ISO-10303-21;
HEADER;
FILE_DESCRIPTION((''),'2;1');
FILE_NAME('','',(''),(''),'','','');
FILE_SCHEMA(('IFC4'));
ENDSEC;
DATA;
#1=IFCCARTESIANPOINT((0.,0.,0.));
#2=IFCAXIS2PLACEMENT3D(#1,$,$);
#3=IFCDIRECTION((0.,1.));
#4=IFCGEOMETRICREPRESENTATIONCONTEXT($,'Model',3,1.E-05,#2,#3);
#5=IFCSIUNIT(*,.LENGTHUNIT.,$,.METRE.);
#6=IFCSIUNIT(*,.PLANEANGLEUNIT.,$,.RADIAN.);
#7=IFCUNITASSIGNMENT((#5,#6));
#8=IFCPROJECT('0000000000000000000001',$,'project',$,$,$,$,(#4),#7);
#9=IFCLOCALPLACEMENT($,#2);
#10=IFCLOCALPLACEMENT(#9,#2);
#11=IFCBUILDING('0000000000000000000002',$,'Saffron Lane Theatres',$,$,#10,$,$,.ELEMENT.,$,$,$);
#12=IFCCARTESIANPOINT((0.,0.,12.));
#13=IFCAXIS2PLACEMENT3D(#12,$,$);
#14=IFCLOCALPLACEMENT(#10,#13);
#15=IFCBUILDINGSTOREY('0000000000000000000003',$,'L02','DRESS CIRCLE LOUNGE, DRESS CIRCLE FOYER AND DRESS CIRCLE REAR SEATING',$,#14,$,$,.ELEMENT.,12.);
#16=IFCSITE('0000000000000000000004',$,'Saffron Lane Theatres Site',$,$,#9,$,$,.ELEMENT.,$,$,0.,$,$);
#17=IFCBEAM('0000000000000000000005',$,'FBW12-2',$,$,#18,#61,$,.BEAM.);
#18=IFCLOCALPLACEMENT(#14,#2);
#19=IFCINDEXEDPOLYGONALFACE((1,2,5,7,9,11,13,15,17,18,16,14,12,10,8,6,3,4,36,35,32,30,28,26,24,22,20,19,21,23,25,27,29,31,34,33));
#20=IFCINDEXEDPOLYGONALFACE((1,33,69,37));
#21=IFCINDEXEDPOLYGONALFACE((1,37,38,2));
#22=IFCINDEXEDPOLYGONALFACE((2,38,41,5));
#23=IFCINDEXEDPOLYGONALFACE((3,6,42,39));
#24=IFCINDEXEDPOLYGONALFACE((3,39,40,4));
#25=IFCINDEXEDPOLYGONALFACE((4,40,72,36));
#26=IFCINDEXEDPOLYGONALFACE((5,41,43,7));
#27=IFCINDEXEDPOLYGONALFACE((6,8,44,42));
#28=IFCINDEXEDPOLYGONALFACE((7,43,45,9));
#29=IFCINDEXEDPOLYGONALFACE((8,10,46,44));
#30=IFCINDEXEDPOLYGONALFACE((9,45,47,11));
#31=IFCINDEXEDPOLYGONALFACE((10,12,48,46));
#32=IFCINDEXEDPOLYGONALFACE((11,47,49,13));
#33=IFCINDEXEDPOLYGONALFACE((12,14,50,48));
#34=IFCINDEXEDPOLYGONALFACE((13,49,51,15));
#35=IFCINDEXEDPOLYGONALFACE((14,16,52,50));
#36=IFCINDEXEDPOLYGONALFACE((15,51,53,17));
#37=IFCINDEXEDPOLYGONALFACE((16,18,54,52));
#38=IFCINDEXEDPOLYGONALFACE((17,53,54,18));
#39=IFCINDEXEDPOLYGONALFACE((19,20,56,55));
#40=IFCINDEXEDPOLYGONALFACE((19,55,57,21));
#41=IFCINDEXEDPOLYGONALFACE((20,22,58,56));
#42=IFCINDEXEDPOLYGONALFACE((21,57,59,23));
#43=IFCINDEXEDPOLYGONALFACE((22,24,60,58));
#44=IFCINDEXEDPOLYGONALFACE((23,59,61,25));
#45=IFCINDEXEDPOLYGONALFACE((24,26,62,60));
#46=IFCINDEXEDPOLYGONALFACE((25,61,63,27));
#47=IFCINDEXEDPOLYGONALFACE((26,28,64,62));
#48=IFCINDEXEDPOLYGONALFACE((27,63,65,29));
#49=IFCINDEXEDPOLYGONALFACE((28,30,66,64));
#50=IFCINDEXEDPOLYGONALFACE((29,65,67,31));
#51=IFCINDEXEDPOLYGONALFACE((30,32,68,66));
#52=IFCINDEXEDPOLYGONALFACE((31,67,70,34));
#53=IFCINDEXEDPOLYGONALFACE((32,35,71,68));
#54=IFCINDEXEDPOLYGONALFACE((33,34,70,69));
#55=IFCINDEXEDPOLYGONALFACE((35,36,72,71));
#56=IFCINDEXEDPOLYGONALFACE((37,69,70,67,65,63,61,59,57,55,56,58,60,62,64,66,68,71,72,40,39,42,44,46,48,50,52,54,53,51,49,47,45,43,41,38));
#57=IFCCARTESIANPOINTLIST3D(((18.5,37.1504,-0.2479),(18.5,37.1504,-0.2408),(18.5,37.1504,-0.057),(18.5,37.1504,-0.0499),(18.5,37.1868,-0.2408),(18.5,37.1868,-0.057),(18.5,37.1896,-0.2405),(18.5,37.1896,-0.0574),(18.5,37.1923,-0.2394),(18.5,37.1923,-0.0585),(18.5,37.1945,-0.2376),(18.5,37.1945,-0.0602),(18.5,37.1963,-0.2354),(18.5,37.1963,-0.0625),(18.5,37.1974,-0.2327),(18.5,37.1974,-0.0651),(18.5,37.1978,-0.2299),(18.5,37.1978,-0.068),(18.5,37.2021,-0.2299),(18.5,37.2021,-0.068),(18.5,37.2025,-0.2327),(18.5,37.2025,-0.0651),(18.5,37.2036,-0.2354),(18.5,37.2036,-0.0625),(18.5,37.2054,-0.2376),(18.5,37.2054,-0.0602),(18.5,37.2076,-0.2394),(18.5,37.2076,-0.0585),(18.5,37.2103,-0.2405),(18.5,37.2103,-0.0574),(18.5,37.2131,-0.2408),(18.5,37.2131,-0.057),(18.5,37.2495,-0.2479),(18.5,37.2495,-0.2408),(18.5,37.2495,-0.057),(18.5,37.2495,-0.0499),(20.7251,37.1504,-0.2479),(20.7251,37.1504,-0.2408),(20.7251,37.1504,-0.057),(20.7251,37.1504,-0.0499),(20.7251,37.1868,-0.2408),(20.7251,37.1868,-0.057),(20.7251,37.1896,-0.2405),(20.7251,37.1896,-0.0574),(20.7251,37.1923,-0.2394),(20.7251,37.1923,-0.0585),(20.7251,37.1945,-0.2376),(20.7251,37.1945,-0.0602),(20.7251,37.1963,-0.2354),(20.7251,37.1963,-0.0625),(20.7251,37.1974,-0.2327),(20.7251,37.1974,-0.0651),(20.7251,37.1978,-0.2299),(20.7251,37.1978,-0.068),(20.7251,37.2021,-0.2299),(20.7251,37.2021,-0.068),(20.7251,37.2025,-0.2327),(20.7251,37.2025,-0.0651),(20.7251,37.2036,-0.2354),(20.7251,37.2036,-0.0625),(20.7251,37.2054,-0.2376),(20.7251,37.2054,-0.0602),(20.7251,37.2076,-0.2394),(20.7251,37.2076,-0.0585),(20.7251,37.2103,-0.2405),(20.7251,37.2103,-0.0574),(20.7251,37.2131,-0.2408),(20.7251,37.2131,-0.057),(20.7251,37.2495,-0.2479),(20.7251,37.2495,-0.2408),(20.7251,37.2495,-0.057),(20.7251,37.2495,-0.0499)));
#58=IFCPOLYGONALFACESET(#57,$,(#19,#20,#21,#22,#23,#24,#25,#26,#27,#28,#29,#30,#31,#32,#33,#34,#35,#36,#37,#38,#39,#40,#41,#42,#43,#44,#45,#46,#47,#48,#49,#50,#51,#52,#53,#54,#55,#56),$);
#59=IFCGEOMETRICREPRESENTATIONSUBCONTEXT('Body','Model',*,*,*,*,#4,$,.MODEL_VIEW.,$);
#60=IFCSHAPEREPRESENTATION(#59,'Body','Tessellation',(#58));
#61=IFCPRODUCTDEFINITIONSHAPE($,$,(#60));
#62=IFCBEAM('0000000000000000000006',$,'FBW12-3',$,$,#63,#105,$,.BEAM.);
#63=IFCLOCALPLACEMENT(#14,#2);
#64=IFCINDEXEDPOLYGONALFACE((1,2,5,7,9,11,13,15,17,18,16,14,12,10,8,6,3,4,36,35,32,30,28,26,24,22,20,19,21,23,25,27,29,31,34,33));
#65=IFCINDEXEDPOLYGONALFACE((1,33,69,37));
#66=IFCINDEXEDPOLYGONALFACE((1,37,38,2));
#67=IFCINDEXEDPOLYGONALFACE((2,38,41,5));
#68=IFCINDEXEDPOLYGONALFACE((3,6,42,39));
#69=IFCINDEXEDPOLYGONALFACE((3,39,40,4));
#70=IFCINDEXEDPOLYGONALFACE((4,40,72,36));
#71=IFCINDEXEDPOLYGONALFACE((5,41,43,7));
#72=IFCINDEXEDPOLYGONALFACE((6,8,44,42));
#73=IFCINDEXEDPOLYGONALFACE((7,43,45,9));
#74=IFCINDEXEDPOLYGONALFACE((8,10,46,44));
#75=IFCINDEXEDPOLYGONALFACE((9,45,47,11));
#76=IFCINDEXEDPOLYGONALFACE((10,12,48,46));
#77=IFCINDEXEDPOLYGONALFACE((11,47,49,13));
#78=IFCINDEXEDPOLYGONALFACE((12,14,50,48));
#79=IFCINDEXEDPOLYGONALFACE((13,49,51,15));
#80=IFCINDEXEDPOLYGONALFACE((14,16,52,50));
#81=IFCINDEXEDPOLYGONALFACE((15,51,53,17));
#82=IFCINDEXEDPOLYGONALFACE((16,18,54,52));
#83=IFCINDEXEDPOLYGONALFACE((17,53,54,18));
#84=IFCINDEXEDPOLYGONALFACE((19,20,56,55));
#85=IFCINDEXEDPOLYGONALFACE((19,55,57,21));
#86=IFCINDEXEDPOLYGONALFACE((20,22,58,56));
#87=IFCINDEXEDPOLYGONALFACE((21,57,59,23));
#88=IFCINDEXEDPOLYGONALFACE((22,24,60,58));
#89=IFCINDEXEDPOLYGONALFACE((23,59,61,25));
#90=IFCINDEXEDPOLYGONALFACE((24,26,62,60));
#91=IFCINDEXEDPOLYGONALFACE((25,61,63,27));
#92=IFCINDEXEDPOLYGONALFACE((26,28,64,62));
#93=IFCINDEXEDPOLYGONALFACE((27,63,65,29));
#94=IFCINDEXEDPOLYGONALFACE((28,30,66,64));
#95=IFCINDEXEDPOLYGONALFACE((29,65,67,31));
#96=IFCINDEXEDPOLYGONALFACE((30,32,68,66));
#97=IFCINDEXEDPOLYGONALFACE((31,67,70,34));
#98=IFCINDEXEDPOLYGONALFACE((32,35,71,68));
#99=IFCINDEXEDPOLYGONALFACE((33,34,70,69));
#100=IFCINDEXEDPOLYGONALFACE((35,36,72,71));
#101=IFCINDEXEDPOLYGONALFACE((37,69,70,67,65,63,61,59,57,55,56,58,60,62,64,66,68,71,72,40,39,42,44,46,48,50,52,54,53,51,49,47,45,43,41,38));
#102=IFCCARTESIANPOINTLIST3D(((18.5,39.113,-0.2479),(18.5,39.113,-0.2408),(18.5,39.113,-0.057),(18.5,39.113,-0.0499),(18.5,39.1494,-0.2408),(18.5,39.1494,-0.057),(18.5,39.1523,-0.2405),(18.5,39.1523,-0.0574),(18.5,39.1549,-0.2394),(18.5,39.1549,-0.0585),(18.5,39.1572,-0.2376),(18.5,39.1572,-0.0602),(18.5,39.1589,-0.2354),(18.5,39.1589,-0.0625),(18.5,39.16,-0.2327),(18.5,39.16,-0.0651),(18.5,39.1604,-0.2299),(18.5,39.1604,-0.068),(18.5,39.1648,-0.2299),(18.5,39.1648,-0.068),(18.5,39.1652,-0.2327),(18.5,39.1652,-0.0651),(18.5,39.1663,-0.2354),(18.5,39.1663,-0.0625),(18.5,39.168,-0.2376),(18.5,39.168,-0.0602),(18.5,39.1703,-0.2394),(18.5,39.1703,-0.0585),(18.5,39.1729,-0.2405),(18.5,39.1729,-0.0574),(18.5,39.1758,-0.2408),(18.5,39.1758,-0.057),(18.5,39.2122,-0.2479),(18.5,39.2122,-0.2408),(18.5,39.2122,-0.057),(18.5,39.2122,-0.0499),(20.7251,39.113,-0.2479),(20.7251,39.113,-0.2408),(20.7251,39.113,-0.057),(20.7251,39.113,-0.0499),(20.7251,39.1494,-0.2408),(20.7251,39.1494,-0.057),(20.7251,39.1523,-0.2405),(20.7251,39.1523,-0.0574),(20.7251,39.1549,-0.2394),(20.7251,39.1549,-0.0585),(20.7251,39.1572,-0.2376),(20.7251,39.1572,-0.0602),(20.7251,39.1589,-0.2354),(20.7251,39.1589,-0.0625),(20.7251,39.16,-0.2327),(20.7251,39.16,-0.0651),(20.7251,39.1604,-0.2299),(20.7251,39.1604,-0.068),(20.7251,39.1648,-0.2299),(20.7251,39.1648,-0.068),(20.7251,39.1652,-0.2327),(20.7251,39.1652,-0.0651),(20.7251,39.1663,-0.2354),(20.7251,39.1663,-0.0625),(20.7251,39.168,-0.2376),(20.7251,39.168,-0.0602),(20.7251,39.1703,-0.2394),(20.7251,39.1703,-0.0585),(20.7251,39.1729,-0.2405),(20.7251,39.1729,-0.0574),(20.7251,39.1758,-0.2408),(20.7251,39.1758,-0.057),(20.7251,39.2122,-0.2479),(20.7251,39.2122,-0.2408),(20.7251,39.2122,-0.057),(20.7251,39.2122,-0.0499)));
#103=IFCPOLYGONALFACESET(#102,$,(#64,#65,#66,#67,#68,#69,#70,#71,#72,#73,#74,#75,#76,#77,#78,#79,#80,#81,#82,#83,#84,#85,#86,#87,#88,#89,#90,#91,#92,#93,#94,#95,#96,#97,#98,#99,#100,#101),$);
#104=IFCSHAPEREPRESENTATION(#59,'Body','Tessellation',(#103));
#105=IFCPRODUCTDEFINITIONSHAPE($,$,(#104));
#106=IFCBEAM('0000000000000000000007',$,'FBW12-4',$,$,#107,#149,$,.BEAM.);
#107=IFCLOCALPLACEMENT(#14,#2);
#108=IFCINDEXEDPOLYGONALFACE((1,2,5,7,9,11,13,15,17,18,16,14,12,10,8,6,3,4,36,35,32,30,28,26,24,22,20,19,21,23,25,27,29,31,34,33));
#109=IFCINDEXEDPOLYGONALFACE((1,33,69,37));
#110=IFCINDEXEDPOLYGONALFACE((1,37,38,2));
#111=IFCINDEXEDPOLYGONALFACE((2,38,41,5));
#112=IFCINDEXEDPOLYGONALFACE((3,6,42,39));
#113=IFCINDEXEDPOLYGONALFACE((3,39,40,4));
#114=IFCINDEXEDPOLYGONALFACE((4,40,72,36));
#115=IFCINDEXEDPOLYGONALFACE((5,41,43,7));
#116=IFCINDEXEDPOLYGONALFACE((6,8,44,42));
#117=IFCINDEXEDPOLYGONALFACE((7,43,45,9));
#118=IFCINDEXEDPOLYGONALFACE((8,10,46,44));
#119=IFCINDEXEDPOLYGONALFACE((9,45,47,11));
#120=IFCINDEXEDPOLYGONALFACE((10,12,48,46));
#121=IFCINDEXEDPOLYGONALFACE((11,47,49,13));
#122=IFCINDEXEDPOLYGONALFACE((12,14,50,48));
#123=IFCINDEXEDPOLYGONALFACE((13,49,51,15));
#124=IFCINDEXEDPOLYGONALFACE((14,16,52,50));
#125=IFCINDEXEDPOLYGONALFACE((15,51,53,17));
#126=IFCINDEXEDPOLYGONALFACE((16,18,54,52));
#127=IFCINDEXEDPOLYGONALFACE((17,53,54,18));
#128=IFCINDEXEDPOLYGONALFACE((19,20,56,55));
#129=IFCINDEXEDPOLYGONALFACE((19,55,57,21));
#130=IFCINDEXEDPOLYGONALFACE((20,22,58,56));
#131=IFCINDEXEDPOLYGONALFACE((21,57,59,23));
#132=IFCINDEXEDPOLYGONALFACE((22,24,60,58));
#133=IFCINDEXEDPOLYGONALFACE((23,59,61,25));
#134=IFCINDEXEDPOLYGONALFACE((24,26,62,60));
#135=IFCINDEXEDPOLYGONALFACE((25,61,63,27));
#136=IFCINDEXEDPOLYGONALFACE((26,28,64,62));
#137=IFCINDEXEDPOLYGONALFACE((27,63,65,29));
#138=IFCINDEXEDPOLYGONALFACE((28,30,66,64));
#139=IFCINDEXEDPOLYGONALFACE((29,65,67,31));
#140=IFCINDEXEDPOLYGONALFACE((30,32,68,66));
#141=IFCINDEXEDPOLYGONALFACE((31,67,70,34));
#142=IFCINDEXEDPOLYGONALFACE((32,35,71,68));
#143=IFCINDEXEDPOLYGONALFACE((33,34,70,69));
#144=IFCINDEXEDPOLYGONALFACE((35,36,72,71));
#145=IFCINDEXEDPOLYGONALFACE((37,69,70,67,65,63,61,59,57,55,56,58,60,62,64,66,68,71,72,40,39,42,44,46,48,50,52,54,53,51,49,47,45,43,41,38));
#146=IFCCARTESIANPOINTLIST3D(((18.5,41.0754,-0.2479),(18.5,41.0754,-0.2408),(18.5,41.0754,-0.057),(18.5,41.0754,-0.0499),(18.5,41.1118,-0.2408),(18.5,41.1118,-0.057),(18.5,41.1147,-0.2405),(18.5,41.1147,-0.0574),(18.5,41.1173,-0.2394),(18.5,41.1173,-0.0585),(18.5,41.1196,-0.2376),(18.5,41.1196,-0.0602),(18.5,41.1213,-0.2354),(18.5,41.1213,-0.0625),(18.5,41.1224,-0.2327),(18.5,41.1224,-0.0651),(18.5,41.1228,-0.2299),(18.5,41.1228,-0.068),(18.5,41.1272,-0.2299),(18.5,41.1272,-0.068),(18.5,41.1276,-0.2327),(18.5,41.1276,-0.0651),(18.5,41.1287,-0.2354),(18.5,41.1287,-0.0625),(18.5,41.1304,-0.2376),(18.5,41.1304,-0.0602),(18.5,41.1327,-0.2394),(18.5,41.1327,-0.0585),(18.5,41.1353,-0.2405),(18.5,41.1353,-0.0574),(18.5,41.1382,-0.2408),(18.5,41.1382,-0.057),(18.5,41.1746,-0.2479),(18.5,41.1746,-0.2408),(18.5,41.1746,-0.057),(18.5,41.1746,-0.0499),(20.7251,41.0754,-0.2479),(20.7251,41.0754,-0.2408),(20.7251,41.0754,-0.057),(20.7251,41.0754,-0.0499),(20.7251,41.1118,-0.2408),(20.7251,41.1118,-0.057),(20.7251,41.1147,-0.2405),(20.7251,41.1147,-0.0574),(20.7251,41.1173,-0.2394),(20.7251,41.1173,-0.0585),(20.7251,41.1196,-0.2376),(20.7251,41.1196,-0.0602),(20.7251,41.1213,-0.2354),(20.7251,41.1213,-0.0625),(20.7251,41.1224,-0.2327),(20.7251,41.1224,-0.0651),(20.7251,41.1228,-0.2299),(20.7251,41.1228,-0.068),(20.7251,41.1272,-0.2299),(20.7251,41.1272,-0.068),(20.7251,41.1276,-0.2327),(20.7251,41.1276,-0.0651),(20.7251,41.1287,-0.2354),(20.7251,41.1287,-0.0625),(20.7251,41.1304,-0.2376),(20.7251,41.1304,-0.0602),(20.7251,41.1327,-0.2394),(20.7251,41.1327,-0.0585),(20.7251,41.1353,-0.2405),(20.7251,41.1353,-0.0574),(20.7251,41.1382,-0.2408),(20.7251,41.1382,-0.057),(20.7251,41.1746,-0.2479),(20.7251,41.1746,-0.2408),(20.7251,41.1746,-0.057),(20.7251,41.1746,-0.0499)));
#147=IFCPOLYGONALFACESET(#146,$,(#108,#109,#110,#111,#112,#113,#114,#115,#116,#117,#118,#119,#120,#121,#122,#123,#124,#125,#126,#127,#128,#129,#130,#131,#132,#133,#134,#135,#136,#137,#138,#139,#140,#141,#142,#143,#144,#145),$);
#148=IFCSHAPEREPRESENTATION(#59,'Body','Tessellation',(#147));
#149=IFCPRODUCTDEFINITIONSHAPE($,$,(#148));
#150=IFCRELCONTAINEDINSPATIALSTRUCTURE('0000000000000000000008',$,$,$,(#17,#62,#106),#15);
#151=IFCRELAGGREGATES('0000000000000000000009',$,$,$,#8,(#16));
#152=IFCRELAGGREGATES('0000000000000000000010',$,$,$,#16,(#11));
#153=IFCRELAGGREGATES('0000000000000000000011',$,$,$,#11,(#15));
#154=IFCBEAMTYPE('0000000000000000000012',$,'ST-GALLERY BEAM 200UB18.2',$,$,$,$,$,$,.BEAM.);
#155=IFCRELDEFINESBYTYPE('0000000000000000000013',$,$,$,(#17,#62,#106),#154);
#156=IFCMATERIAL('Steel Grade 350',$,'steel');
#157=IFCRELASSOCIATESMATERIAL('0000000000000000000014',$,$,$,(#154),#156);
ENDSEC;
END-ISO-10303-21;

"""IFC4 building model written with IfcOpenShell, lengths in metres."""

from ifc_helpers import new_model, si_unit, direction, frame, origin, origin_2d, place, context, subcontext, project, spatial, i_section, extrude, material, material_profile, profile_set, type_object, element, save


model = new_model("IFC4")

# Units and contexts
model_context = context("Model", 3, precision=1e-05, world=origin(), true_north=direction((0.0, 1.0)))
body_context = subcontext(model_context, "Body", "Model", "MODEL_VIEW")
ifc_project = project(units=[si_unit("LENGTHUNIT", "METRE"), si_unit("PLANEANGLEUNIT", "RADIAN")], contexts=[model_context])

# Site, building, storey
site_placement = place(None, origin())
site = spatial("IfcSite", under=ifc_project, at=site_placement, Name="Saffron Lane Theatres Site", CompositionType="ELEMENT", RefElevation=0.0)
building_placement = place(site_placement, origin())
building = spatial("IfcBuilding", under=site, at=building_placement, Name="Saffron Lane Theatres", CompositionType="ELEMENT")
storey_placement = place(building_placement, frame((0.0, 0.0, 12.0)))
storey = spatial("IfcBuildingStorey", under=building, at=storey_placement, Name="L02", Description="DRESS CIRCLE LOUNGE, DRESS CIRCLE FOYER AND DRESS CIRCLE REAR SEATING", CompositionType="ELEMENT", Elevation=12.0)

# Beams
ifc_material_1 = material(Name="Steel Grade 350", Category="steel")
ifc_material_profile_1 = material_profile(ifc_material_1, i_section(OverallWidth=0.0991, OverallDepth=0.198, WebThickness=0.0044, FlangeThickness=0.0071, FilletRadius=0.011, at=origin_2d()))
ifc_profile_set_1 = profile_set([ifc_material_profile_1], Name="Steel Grade 350")
beam_type_1 = type_object("IfcBeamType", Name="ST-GALLERY BEAM 200UB18.2", PredefinedType="BEAM", material=ifc_profile_set_1)
for number, where, z_axis, x_axis, name in (
    (1, (18.5, 37.2, -0.1489), (1.0, 0.0, 0.0), (0.0, 1.0, 0.0), "FBW12-2"),
    (2, (18.5, 39.1626, -0.1489), (1.0, 0.0, 0.0), (0.0, 1.0, 0.0), "FBW12-3"),
    (3, (18.5, 41.125, -0.1489), (1.0, 0.0, 0.0), (0.0, 1.0, 0.0), "FBW12-4"),
):
    element("IfcBeam", number, at=place(storey_placement, frame(where, z_axis=z_axis, x_axis=x_axis)), inside=storey, type_object=beam_type_1, Name=name, PredefinedType="BEAM", context=body_context, shape_type="SweptSolid", body=[
        extrude(i_section(OverallWidth=0.0991, OverallDepth=0.198, WebThickness=0.0044, FlangeThickness=0.0071, FilletRadius=0.011, at=origin_2d()), origin(), (0.0, 0.0, 1.0), 2.2251),
    ])

save(model, "model.ifc")
